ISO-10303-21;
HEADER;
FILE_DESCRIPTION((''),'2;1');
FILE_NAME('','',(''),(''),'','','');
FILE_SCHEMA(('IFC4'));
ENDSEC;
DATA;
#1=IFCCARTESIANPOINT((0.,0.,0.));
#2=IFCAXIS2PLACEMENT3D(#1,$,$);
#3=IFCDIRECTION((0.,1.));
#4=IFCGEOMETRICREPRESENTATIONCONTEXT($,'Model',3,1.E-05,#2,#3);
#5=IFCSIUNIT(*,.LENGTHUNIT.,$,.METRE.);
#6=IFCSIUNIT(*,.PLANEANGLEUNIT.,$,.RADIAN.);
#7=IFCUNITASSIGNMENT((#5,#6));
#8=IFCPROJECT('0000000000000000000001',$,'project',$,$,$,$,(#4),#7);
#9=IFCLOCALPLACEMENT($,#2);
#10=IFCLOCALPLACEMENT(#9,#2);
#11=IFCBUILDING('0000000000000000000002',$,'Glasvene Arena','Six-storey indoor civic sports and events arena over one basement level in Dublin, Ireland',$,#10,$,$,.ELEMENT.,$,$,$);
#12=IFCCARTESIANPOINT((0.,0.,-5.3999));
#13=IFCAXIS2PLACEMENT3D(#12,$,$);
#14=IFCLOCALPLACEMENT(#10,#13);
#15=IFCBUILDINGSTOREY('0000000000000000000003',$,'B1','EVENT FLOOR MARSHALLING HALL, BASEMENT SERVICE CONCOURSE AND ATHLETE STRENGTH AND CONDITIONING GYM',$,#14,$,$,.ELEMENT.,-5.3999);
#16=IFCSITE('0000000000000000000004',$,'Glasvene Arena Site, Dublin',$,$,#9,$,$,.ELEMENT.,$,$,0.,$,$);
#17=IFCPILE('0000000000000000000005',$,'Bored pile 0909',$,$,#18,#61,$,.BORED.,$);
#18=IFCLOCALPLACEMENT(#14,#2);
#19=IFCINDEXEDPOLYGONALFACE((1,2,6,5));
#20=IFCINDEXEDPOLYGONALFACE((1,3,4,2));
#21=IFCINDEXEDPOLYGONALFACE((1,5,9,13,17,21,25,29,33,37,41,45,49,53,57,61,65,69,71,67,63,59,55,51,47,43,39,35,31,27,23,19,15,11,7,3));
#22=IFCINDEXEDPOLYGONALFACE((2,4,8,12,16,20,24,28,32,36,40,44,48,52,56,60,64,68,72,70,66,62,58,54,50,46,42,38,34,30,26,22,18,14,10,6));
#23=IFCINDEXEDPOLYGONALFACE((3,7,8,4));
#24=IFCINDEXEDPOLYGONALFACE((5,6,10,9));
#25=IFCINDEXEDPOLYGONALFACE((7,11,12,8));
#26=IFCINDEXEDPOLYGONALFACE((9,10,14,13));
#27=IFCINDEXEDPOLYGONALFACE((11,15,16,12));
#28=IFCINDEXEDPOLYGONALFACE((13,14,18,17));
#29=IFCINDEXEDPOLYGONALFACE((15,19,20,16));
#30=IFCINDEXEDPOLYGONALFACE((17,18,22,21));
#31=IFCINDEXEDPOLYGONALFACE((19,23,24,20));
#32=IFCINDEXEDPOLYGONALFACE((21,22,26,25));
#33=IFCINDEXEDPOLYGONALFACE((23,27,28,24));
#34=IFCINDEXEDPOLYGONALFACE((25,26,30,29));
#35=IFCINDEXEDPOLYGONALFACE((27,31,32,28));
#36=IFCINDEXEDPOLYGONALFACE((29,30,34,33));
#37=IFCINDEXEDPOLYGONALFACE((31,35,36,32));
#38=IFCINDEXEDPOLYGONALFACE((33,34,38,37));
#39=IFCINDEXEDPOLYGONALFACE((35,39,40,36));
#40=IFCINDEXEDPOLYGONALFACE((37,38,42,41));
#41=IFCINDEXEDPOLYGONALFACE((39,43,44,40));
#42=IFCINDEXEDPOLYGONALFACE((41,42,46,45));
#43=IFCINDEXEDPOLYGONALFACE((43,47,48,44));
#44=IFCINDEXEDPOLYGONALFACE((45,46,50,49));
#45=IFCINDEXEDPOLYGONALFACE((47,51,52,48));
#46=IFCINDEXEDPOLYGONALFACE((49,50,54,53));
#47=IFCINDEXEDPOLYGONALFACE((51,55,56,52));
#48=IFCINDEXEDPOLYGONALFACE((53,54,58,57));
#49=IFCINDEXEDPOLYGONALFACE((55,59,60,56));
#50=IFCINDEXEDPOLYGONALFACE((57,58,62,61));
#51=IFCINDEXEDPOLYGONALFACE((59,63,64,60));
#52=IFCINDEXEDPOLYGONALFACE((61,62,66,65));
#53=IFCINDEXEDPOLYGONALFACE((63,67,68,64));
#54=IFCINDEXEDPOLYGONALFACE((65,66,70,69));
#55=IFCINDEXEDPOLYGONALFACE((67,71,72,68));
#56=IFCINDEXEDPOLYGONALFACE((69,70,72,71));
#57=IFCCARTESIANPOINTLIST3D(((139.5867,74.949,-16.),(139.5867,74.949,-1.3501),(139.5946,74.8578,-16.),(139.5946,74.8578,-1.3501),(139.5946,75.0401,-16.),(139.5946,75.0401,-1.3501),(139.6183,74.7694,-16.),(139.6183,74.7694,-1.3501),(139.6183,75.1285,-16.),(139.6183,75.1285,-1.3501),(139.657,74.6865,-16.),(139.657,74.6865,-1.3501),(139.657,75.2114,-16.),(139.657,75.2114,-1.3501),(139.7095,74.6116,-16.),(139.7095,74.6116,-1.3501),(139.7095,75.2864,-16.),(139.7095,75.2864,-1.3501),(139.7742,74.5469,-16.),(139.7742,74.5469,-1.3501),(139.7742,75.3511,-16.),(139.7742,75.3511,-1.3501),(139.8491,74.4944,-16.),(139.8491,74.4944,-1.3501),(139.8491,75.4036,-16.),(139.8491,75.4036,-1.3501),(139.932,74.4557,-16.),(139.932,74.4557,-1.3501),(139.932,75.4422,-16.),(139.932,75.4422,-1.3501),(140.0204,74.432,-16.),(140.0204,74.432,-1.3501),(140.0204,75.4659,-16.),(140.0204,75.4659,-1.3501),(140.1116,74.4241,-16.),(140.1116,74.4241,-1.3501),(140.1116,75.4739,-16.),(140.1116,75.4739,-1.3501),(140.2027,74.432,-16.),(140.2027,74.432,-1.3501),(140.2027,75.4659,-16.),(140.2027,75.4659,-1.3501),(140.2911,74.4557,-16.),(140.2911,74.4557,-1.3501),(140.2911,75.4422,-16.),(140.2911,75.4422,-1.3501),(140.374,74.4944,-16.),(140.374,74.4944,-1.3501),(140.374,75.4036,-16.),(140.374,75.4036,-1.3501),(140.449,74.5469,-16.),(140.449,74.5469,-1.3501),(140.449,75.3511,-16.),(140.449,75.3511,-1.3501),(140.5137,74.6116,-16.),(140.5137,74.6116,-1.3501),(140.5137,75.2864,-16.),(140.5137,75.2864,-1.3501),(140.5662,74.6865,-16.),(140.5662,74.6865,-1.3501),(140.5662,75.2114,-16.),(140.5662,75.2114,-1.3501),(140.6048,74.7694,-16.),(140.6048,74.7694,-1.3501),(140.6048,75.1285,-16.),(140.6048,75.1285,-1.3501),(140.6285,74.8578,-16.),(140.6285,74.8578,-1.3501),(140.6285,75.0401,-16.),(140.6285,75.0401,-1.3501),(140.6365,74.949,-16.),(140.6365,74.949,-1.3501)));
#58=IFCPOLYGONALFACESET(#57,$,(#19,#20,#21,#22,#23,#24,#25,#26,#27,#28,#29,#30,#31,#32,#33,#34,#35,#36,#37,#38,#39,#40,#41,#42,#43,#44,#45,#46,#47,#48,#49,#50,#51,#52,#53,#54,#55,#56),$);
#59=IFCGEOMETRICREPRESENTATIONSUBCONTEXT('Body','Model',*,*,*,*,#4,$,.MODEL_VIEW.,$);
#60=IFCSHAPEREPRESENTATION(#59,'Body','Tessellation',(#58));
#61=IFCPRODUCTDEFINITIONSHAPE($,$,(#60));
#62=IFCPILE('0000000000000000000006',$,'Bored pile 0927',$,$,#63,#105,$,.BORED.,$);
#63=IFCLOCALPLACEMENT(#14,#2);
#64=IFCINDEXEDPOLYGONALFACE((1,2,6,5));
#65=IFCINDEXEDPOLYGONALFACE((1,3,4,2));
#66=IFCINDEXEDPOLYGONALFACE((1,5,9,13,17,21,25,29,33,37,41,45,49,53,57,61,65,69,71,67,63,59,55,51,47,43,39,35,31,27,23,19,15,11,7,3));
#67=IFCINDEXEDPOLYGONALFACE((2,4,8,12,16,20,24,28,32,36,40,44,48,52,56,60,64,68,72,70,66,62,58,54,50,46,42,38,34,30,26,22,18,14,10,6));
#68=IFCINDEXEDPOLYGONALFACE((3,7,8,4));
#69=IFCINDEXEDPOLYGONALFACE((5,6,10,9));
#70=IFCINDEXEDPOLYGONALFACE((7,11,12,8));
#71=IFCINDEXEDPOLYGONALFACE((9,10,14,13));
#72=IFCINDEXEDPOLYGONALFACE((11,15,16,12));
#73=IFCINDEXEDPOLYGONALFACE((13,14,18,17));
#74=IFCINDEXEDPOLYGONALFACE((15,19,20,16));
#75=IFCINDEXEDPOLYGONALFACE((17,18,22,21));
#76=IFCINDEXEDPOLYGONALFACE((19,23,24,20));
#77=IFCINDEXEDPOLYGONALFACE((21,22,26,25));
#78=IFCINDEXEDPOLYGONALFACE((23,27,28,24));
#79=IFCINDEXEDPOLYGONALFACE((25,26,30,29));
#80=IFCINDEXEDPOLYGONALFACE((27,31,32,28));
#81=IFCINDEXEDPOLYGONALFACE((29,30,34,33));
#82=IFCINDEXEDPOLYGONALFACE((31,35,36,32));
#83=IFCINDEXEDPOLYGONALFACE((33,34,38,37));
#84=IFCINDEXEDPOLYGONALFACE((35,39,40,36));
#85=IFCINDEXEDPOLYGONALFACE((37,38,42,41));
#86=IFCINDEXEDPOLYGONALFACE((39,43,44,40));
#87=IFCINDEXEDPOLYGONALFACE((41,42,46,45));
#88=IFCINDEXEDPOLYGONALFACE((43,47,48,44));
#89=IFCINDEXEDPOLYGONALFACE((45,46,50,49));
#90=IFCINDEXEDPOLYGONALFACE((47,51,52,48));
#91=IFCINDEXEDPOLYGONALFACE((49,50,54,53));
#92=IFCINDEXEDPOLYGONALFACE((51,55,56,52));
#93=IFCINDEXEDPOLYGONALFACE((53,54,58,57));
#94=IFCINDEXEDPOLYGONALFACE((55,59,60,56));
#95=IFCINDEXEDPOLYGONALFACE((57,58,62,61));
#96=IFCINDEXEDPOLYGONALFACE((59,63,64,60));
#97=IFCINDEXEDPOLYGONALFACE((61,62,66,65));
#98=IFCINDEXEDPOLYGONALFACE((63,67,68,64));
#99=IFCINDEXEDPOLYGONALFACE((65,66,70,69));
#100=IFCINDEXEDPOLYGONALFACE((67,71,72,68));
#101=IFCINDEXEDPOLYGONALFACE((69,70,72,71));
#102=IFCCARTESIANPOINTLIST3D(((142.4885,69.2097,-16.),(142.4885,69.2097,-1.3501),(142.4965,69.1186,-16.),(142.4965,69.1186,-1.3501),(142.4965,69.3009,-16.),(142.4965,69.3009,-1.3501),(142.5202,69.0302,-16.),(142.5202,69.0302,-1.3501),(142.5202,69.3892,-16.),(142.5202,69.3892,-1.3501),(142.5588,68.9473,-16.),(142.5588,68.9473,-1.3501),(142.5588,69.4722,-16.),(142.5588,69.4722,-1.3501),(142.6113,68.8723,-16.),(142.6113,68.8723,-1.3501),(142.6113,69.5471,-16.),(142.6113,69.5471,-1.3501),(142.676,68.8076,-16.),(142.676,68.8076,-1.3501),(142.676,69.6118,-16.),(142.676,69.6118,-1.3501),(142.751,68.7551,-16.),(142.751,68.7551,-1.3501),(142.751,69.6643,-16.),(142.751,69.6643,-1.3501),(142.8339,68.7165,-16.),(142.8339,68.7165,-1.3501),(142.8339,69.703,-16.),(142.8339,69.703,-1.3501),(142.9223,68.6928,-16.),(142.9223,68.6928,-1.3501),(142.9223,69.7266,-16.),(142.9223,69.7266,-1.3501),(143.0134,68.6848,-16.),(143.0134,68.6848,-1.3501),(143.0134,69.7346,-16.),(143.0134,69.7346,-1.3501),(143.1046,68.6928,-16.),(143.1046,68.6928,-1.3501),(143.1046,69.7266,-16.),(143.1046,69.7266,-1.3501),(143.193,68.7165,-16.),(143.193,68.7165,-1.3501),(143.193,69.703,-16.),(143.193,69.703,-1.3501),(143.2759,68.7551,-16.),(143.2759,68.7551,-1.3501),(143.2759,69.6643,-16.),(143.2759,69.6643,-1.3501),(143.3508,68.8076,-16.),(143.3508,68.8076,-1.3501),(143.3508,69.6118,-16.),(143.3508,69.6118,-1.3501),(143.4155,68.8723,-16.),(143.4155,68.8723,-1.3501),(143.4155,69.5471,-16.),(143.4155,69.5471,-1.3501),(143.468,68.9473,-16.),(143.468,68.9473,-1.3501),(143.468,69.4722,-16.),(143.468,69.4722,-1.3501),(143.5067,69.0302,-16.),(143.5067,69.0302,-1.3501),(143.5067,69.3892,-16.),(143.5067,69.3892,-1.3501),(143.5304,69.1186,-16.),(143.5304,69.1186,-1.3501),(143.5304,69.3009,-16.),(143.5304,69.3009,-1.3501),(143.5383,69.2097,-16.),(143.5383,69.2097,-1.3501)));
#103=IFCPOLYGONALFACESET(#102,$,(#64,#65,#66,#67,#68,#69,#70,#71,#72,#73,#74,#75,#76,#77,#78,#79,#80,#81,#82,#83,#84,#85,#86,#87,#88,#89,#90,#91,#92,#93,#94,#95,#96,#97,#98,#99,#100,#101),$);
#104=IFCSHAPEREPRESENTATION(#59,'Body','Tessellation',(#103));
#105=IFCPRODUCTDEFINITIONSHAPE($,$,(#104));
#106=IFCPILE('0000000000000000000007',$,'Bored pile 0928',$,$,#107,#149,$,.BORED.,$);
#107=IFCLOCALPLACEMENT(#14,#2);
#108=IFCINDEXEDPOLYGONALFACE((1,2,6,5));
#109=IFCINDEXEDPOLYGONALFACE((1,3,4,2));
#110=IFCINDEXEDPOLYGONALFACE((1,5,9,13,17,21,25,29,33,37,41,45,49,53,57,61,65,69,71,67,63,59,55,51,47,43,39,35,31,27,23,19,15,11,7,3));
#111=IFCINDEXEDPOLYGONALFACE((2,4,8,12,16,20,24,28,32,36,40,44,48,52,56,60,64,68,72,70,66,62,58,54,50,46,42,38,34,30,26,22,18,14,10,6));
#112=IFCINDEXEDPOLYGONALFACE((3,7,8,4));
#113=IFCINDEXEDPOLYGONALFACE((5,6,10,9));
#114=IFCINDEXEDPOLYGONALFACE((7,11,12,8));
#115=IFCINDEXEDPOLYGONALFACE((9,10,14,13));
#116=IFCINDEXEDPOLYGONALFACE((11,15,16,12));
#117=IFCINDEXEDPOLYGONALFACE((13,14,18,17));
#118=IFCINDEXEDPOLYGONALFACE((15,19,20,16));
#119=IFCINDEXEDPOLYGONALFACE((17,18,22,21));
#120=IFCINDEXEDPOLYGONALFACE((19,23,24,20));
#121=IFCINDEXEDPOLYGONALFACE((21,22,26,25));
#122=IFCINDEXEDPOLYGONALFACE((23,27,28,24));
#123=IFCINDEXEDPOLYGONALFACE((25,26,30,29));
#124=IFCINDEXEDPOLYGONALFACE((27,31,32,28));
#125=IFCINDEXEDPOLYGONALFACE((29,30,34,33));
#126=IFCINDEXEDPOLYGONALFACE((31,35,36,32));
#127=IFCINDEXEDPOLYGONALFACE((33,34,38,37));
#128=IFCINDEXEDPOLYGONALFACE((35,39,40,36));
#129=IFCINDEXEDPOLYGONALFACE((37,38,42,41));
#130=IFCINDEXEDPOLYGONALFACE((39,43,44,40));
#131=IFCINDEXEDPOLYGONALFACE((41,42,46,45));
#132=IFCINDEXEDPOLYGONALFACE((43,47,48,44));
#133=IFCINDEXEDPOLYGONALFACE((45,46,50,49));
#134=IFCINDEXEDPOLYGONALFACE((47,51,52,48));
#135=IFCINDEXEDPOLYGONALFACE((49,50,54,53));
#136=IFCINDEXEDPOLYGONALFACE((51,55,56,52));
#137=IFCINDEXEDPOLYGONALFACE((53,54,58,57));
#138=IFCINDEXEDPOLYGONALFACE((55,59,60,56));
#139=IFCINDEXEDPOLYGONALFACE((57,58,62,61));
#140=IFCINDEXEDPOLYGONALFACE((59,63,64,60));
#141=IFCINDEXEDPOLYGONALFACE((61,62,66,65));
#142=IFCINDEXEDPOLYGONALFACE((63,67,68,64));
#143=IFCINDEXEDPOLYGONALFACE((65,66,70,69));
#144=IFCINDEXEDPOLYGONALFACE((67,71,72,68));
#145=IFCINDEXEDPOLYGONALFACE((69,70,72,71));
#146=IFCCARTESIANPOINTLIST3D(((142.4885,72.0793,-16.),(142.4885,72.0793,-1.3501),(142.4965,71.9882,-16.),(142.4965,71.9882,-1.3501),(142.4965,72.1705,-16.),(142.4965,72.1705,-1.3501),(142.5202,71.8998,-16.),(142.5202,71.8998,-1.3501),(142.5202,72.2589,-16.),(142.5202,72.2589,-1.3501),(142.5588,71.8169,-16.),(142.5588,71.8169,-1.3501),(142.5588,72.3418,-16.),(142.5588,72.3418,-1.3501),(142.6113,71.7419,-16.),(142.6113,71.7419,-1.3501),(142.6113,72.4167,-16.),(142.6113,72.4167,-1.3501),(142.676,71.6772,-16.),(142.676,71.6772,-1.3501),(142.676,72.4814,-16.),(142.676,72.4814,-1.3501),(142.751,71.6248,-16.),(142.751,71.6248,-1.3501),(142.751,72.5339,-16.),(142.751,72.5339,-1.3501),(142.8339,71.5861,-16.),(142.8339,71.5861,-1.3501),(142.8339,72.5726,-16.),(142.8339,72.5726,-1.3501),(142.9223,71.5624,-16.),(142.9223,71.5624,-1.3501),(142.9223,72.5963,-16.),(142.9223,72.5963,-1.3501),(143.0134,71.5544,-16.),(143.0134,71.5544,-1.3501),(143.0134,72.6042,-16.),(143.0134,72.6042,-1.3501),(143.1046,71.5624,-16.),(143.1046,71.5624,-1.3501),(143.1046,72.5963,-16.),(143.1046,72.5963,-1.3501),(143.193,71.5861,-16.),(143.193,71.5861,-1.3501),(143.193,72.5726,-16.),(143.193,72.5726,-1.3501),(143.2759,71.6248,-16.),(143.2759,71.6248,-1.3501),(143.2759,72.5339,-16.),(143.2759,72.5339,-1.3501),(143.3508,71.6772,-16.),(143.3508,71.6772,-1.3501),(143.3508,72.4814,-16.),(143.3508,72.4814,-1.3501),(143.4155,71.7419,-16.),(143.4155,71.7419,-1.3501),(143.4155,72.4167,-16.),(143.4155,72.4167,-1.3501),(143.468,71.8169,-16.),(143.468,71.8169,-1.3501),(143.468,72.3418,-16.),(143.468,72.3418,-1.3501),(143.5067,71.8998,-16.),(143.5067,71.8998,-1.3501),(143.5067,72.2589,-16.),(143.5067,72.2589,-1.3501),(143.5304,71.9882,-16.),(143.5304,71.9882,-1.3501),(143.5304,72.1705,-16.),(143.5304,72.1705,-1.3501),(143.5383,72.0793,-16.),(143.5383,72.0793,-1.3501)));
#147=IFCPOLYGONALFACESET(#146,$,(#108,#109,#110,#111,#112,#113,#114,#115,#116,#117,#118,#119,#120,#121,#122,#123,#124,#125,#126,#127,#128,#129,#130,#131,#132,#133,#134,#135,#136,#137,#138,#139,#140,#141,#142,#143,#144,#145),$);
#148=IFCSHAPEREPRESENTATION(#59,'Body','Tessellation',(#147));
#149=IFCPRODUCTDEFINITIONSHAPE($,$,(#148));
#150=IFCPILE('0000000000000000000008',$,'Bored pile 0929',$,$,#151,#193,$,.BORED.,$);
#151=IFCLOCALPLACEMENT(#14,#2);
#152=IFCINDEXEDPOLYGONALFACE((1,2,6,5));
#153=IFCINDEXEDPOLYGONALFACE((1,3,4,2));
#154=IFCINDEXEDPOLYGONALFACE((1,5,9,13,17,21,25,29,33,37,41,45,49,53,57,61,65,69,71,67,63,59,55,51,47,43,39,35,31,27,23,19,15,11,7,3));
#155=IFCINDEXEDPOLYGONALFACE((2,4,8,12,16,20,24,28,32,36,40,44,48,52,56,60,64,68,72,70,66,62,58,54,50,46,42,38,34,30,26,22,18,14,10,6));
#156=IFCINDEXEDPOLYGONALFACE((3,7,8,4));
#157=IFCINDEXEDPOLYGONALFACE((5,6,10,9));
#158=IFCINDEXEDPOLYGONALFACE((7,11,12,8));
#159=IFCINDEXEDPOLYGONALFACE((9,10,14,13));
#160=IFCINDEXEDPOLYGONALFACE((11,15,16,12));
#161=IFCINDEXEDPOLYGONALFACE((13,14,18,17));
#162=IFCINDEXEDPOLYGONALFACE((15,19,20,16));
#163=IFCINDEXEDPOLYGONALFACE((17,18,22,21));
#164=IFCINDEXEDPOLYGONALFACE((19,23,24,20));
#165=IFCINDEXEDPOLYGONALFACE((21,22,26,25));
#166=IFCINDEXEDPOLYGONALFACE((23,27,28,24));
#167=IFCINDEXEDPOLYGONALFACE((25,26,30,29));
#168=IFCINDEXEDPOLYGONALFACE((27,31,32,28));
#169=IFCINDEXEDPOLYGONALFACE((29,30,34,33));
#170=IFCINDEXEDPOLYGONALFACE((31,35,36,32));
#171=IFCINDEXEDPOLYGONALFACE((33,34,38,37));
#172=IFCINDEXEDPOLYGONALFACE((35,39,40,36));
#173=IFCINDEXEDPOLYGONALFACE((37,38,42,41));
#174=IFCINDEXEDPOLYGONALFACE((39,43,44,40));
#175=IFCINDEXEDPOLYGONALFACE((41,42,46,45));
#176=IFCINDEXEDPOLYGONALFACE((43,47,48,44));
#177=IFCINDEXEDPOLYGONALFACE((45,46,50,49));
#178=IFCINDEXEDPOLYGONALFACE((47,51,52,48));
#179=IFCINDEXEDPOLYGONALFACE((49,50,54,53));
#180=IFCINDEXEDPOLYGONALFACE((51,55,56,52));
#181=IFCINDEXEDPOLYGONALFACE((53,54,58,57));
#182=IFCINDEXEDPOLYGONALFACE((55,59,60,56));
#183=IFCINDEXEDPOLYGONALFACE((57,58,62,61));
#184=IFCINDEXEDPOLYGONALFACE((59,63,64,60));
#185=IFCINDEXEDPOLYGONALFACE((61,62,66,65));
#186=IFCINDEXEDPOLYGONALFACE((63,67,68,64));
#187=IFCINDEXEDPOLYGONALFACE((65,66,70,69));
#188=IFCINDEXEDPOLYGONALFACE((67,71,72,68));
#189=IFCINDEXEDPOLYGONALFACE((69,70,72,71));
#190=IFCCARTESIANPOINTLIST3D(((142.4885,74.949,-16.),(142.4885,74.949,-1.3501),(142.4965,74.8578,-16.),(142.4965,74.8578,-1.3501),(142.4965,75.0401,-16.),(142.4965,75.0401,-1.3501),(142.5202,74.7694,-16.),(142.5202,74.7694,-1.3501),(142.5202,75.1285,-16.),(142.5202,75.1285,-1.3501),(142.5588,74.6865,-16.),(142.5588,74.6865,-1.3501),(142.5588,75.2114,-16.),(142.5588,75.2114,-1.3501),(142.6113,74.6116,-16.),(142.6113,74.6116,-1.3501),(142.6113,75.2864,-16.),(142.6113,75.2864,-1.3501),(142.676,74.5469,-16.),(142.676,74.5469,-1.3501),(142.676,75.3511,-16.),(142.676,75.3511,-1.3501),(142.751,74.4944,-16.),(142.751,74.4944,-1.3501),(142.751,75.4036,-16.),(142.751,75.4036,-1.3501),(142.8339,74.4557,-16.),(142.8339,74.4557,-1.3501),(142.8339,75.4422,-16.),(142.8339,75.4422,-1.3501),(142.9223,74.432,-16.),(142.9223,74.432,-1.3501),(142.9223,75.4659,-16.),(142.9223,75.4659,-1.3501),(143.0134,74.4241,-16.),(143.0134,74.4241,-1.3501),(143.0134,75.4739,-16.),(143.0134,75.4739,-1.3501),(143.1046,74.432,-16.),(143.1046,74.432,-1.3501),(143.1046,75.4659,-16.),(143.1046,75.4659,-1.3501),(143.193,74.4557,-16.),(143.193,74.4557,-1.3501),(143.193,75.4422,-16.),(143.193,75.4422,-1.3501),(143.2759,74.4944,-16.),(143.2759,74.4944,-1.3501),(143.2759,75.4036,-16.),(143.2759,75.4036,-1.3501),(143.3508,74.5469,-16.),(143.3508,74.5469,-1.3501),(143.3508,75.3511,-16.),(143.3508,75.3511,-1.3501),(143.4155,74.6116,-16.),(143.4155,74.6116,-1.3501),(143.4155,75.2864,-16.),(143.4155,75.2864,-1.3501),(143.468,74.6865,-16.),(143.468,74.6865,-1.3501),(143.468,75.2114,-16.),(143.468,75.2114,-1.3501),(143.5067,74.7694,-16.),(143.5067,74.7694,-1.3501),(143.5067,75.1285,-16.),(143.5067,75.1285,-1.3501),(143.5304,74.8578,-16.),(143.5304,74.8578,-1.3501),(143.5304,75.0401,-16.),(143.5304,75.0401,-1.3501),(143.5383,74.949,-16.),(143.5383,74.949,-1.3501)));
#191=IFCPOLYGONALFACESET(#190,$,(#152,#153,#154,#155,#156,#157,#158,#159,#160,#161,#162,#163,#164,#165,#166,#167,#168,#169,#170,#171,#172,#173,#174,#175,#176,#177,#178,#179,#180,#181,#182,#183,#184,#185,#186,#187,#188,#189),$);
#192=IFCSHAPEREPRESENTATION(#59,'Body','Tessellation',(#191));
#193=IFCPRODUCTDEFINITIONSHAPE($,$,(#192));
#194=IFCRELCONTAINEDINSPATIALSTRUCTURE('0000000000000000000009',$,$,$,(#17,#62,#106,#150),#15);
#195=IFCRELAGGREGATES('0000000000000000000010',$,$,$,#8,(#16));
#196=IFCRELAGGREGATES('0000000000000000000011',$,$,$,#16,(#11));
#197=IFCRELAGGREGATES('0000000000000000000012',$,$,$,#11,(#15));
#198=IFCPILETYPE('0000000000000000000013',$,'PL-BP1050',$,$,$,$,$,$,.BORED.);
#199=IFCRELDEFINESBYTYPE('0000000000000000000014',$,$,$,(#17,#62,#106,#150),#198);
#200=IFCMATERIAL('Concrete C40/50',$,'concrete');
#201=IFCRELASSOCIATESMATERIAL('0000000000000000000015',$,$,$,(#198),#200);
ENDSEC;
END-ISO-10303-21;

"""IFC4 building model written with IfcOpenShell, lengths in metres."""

from ifc_helpers import new_model, si_unit, direction, frame, origin, origin_2d, place, context, subcontext, project, spatial, circle, extrude, material, material_profile, profile_set, type_object, element, save


model = new_model("IFC4")

# Units and contexts
model_context = context("Model", 3, precision=1e-05, world=origin(), true_north=direction((0.0, 1.0)))
body_context = subcontext(model_context, "Body", "Model", "MODEL_VIEW")
ifc_project = project(units=[si_unit("LENGTHUNIT", "METRE"), si_unit("PLANEANGLEUNIT", "RADIAN")], contexts=[model_context])

# Site, building, storey
site_placement = place(None, origin())
site = spatial("IfcSite", under=ifc_project, at=site_placement, Name="Glasvene Arena Site, Dublin", CompositionType="ELEMENT", RefElevation=0.0)
building_placement = place(site_placement, origin())
building = spatial("IfcBuilding", under=site, at=building_placement, Name="Glasvene Arena", Description="Six-storey indoor civic sports and events arena over one basement level in Dublin, Ireland", CompositionType="ELEMENT")
storey_placement = place(building_placement, frame((0.0, 0.0, -5.3999)))
storey = spatial("IfcBuildingStorey", under=building, at=storey_placement, Name="B1", Description="EVENT FLOOR MARSHALLING HALL, BASEMENT SERVICE CONCOURSE AND ATHLETE STRENGTH AND CONDITIONING GYM", CompositionType="ELEMENT", Elevation=-5.3999)

# Shared definitions
ifc_material_1 = material(Name="Concrete C40/50", Category="concrete")

# Piles
ifc_material_profile_1 = material_profile(ifc_material_1, circle(Radius=0.5249, at=origin_2d()), Name="BORED PILE 1050")
ifc_profile_set_1 = profile_set([ifc_material_profile_1], Name="Concrete C40/50")
pile_type = type_object("IfcPileType", Name="PL-BP1050", PredefinedType="BORED", material=ifc_profile_set_1)
for number, where, z_axis, x_axis, name in (
    (1, (140.1116, 74.949, -1.3501), (0.0, 0.0, -1.0), (1.0, 0.0, 0.0), "Bored pile 0909"),
    (2, (143.0134, 69.2097, -1.3501), (0.0, 0.0, -1.0), (1.0, 0.0, 0.0), "Bored pile 0927"),
    (3, (143.0134, 72.0793, -1.3501), (0.0, 0.0, -1.0), (1.0, 0.0, 0.0), "Bored pile 0928"),
    (4, (143.0134, 74.949, -1.3501), (0.0, 0.0, -1.0), (1.0, 0.0, 0.0), "Bored pile 0929"),
):
    element("IfcPile", number, at=place(storey_placement, frame(where, z_axis=z_axis, x_axis=x_axis)), inside=storey, type_object=pile_type, Name=name, PredefinedType="BORED", context=body_context, shape_type="SweptSolid", body=[
        extrude(circle(Radius=0.5249, at=origin_2d()), origin(), (0.0, 0.0, 1.0), 14.6499),
    ])

save(model, "model.ifc")
